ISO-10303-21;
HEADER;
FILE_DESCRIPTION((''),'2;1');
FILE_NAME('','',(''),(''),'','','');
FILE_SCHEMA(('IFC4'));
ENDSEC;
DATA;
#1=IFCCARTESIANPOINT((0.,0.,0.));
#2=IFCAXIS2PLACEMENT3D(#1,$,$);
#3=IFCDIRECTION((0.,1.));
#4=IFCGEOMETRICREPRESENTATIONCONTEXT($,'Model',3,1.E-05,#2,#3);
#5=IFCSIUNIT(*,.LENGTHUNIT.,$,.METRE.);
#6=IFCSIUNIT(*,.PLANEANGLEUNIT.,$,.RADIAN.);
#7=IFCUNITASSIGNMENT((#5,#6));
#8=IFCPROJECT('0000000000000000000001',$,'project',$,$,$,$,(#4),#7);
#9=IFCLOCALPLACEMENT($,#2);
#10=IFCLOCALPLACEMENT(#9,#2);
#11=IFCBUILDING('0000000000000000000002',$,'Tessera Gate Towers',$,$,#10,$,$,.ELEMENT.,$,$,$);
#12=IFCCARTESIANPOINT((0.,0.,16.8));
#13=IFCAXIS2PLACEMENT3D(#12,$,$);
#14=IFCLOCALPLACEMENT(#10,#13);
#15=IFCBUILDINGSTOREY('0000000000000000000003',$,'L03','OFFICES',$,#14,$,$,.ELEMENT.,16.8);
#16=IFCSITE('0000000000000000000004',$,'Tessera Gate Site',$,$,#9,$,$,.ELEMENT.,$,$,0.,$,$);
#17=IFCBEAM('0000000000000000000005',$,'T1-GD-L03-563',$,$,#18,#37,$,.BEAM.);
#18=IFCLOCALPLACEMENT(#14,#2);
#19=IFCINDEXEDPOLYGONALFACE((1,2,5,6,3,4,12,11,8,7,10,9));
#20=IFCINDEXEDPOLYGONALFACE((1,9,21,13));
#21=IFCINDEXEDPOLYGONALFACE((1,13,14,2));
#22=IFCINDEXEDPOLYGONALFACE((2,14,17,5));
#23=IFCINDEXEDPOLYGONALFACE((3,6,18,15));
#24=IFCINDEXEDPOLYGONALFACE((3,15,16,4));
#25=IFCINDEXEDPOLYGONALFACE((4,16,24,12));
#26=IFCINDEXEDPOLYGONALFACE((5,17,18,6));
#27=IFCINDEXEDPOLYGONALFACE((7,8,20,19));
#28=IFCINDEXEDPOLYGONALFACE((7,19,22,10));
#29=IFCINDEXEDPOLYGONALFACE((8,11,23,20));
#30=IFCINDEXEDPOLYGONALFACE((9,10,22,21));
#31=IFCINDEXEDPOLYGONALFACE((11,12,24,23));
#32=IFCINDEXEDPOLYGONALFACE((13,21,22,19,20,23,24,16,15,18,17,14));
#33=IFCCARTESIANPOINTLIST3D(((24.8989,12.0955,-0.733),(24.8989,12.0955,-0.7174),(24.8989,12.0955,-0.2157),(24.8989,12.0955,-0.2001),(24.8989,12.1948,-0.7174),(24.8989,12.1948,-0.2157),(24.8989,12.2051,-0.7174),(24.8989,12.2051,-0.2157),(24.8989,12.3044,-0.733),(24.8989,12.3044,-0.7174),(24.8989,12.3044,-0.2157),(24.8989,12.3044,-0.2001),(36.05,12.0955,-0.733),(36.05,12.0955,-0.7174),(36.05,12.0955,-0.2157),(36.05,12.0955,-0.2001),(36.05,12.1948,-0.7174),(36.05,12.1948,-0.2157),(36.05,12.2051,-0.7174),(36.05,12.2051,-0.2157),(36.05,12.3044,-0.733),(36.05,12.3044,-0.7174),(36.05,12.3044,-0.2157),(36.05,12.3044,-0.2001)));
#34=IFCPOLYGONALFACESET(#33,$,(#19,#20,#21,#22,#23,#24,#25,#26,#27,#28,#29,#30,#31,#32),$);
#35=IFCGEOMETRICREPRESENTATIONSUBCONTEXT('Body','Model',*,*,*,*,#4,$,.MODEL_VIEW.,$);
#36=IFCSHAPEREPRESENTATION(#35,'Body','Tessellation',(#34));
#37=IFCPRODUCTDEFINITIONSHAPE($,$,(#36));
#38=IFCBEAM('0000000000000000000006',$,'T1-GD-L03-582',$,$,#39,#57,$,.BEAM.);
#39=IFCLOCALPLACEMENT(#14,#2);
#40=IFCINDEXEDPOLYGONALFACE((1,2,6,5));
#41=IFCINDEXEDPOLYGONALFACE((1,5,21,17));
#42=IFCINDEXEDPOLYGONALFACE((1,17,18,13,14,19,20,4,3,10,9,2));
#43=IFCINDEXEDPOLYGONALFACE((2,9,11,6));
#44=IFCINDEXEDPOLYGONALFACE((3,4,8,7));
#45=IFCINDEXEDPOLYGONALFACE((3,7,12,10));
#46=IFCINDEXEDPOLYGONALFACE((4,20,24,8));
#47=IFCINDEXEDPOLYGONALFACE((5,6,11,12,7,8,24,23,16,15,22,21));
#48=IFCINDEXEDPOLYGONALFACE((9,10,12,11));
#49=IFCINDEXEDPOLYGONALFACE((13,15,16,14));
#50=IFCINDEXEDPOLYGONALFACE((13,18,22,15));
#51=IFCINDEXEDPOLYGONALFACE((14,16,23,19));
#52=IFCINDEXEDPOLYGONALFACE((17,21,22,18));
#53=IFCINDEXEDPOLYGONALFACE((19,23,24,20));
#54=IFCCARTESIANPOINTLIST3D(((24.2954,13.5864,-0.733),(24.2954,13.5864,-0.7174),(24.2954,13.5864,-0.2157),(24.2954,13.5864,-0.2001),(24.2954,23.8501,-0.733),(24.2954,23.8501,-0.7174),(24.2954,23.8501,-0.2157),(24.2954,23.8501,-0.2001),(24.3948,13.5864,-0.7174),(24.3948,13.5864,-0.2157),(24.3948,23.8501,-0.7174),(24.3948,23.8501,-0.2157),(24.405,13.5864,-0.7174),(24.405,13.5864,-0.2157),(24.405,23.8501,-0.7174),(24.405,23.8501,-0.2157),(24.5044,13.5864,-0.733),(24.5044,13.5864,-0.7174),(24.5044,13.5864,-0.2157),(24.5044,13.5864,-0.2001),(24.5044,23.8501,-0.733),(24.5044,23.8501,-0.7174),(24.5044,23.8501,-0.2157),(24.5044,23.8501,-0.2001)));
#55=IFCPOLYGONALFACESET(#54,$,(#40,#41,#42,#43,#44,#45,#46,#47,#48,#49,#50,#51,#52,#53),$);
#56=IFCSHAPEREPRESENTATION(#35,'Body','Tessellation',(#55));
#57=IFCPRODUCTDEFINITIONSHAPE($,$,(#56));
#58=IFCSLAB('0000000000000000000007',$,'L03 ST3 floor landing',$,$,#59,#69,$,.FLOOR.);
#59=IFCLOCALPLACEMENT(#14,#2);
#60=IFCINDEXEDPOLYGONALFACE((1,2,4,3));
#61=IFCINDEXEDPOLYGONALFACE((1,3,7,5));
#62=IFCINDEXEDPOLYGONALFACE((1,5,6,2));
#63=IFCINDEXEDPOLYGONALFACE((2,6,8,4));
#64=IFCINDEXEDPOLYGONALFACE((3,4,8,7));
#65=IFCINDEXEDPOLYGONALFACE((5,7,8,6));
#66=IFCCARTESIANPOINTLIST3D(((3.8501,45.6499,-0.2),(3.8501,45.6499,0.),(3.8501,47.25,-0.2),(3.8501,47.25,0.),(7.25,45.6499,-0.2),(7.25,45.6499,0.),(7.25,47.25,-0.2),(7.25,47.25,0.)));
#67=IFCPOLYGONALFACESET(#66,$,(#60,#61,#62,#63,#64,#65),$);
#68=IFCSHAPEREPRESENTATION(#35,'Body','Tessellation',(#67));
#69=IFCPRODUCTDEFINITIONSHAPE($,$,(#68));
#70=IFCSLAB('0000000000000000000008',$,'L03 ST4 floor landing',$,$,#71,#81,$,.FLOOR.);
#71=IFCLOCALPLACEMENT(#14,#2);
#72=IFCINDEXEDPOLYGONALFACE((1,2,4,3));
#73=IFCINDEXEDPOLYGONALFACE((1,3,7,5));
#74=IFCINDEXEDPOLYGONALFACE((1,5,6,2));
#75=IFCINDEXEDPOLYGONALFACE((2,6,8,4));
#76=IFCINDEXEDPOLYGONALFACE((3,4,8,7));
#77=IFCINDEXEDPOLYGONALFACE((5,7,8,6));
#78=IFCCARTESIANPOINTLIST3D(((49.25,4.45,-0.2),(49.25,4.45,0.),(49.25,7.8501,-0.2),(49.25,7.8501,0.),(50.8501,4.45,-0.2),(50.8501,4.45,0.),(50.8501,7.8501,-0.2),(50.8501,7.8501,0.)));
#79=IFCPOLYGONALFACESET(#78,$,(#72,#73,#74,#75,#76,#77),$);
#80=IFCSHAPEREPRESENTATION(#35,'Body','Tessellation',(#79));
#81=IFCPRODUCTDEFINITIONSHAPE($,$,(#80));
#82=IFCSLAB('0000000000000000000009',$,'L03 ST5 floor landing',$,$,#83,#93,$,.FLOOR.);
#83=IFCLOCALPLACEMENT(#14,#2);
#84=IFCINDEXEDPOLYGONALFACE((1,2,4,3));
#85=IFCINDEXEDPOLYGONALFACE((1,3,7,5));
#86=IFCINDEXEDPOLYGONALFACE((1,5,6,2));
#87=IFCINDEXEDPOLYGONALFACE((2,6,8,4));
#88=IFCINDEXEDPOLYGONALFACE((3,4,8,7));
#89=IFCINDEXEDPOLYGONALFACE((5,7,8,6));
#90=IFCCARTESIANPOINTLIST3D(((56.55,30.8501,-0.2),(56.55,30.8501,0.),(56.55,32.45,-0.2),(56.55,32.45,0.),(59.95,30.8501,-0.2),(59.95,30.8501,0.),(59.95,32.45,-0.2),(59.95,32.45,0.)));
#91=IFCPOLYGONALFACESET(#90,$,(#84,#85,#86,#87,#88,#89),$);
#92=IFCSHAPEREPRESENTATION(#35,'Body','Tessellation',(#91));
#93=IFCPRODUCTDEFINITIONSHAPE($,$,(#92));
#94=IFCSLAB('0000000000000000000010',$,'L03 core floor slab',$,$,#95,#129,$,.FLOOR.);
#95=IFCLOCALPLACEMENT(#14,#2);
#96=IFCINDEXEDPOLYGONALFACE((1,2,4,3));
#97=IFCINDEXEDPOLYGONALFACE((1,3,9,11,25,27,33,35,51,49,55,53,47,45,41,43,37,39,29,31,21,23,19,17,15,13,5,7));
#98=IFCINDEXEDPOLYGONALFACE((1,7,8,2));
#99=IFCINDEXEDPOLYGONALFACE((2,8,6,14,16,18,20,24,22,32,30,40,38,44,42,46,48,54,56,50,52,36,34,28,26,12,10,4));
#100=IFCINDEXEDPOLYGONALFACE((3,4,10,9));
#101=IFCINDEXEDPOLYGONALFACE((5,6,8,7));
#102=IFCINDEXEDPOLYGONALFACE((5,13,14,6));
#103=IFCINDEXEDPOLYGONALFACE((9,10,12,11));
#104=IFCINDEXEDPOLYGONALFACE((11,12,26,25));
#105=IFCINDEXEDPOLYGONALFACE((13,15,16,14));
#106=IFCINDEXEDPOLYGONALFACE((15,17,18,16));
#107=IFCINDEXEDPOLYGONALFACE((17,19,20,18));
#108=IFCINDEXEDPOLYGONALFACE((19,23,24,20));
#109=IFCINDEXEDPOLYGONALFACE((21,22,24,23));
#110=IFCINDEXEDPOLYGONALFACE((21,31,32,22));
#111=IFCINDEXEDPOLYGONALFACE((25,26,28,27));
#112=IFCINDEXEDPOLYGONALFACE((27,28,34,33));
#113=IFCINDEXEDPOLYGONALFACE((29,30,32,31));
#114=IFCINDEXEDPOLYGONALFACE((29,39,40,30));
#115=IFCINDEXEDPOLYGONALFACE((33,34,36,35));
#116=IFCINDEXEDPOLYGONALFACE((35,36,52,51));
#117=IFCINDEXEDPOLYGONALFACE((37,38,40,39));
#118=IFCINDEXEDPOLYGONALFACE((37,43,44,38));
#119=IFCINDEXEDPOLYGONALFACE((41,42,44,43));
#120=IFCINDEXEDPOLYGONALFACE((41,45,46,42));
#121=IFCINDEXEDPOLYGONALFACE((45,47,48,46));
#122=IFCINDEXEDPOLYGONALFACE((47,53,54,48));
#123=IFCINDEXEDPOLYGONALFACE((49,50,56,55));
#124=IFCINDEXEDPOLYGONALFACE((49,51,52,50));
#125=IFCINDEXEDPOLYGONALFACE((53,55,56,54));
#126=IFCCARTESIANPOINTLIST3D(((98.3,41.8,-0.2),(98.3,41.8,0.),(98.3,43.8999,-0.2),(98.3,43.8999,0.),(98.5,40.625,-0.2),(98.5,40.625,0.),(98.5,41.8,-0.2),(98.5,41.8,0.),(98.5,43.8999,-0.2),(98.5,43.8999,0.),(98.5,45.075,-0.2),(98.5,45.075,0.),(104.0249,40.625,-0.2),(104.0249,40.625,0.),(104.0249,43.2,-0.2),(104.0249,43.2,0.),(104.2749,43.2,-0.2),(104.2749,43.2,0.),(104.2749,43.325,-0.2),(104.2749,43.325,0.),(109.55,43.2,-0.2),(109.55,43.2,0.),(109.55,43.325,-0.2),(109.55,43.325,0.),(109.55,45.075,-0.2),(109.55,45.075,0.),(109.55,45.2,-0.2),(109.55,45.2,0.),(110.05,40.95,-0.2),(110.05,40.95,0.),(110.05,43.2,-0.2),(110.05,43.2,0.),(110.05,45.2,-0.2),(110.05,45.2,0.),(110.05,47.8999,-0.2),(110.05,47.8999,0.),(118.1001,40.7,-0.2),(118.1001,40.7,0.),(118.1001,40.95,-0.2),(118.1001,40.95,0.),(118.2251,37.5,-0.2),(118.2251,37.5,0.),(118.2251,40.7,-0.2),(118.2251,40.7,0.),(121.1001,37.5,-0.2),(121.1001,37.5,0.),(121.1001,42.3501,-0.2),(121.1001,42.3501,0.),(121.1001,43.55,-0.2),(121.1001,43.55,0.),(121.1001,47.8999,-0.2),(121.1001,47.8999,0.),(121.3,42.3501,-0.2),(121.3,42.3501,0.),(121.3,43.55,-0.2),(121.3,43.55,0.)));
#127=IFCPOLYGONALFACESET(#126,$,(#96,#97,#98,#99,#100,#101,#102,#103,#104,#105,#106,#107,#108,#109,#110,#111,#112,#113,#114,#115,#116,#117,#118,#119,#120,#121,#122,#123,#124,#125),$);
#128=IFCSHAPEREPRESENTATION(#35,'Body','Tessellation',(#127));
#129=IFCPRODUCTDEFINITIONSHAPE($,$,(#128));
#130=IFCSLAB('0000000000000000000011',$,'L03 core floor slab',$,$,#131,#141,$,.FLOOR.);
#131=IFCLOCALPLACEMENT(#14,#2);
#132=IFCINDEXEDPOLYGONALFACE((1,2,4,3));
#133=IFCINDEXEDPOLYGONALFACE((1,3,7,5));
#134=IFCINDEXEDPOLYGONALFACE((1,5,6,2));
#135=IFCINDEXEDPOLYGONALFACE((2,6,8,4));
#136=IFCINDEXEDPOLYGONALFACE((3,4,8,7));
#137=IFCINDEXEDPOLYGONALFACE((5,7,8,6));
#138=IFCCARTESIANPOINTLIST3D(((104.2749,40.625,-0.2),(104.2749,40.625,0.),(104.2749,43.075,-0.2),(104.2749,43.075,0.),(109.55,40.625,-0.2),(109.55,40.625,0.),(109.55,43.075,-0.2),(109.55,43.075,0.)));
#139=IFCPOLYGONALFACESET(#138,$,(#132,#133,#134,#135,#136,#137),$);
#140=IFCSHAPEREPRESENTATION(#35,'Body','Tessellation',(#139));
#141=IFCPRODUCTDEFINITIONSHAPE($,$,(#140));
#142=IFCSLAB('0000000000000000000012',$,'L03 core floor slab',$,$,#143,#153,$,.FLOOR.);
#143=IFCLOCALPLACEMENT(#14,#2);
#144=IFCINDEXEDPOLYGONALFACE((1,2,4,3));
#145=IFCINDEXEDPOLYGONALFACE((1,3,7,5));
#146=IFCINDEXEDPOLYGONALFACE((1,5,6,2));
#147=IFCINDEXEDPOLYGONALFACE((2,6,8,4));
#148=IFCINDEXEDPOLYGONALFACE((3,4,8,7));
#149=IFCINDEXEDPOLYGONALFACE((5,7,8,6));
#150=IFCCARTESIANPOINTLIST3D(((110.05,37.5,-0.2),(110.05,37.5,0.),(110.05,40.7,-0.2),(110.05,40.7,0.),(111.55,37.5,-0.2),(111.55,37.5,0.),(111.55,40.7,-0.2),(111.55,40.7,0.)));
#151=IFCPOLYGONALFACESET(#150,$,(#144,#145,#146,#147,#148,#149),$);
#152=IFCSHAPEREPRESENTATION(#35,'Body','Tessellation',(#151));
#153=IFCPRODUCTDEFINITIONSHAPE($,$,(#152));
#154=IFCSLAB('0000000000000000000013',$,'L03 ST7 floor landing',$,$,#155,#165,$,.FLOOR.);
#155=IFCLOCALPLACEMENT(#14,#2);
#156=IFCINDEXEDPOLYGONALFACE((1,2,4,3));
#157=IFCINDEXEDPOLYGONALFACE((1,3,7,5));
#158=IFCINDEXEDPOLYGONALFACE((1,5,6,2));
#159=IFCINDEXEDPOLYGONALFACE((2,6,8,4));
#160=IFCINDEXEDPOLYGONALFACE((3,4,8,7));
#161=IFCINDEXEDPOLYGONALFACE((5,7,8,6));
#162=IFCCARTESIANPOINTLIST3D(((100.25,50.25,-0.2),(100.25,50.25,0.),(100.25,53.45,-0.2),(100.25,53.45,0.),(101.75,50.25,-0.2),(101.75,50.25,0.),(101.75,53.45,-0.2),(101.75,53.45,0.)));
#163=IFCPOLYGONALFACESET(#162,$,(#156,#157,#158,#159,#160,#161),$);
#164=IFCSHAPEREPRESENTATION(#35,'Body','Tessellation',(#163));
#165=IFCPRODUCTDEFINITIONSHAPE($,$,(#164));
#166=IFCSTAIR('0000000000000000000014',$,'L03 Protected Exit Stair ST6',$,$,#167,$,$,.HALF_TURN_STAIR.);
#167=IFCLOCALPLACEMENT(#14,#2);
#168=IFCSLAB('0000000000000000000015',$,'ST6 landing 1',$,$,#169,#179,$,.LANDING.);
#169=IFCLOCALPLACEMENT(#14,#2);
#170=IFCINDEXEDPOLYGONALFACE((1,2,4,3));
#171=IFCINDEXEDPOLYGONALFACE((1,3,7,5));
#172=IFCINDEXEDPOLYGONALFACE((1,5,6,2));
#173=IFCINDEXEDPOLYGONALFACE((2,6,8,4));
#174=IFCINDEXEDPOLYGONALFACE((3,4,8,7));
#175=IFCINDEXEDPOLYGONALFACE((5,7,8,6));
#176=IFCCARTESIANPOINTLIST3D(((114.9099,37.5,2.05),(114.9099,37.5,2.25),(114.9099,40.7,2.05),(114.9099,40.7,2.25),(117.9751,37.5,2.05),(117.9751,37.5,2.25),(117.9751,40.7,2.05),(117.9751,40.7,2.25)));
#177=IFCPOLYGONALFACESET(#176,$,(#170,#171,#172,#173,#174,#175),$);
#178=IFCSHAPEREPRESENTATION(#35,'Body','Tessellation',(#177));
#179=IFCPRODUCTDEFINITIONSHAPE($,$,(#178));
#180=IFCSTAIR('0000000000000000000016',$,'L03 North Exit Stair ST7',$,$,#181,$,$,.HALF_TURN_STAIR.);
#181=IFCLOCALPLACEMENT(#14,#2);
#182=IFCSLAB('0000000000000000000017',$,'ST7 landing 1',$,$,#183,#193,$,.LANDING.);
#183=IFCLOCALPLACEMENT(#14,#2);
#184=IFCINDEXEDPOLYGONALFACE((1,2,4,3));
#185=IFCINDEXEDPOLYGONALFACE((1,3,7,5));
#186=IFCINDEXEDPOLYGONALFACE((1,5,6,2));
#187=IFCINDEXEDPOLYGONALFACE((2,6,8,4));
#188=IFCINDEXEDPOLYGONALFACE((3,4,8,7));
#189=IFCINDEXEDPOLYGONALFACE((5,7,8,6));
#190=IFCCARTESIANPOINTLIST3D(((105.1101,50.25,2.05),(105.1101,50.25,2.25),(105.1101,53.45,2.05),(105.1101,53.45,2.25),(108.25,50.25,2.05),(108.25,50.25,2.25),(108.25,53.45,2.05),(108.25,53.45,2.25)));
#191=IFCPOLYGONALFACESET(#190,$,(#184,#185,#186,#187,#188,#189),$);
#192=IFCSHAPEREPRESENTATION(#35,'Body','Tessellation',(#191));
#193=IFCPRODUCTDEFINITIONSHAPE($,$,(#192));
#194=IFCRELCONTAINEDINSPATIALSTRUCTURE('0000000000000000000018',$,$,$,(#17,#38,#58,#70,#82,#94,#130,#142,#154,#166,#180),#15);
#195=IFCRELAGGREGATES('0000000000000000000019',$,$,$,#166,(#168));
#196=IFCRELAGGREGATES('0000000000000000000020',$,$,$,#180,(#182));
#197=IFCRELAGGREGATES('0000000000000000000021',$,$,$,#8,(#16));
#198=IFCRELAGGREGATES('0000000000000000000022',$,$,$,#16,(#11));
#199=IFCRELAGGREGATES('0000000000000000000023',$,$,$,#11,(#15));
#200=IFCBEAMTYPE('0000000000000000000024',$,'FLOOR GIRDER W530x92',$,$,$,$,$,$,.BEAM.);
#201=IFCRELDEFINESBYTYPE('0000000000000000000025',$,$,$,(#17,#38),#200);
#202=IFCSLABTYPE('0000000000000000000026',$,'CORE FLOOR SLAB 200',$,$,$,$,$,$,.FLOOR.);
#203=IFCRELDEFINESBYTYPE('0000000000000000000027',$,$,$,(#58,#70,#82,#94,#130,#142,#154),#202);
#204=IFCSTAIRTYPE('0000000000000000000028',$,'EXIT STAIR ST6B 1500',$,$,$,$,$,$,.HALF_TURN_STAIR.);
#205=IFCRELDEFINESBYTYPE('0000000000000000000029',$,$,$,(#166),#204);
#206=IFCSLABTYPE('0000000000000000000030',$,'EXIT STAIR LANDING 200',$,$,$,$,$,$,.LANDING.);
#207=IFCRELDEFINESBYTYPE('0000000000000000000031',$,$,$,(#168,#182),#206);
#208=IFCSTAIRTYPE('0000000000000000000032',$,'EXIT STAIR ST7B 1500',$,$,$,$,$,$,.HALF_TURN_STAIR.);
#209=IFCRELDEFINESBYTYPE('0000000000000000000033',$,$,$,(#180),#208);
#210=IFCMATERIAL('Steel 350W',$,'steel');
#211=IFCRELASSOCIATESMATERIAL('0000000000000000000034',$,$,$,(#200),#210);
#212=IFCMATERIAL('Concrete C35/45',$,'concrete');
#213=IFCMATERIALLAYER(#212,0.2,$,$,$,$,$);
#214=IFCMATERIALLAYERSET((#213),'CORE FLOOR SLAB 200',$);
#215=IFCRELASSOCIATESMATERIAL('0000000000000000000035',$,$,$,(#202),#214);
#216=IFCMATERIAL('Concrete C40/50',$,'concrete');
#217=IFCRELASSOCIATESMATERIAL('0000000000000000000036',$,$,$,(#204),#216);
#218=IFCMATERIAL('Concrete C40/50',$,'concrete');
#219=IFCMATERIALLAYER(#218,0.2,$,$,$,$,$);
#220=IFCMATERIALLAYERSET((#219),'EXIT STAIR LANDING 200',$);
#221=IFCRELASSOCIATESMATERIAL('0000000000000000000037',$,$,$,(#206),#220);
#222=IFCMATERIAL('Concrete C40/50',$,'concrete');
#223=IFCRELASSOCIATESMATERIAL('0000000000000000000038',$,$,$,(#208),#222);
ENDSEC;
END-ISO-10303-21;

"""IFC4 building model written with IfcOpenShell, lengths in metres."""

from ifc_helpers import new_model, si_unit, direction, frame, origin, origin_2d, place, context, subcontext, project, spatial, polyline, i_section, outline, extrude, material, layer, layer_set, material_profile, profile_set, type_object, element, aggregate, save


model = new_model("IFC4")

# Units and contexts
model_context = context("Model", 3, precision=1e-05, world=origin(), true_north=direction((0.0, 1.0)))
body_context = subcontext(model_context, "Body", "Model", "MODEL_VIEW")
ifc_project = project(units=[si_unit("LENGTHUNIT", "METRE"), si_unit("PLANEANGLEUNIT", "RADIAN")], contexts=[model_context])

# Site, building, storey
site_placement = place(None, origin())
site = spatial("IfcSite", under=ifc_project, at=site_placement, Name="Tessera Gate Site", CompositionType="ELEMENT", RefElevation=0.0)
building_placement = place(site_placement, origin())
building = spatial("IfcBuilding", under=site, at=building_placement, Name="Tessera Gate Towers", CompositionType="ELEMENT")
storey_placement = place(building_placement, frame((0.0, 0.0, 16.8)))
storey = spatial("IfcBuildingStorey", under=building, at=storey_placement, Name="L03", Description="OFFICES", CompositionType="ELEMENT", Elevation=16.8)

# Beams
ifc_material_1 = material(Name="Steel 350W", Category="steel")
ifc_material_profile = material_profile(ifc_material_1, i_section(OverallWidth=0.209, OverallDepth=0.533, WebThickness=0.0103, FlangeThickness=0.0156, at=origin_2d()), Name="W530x92")
ifc_profile_set = profile_set([ifc_material_profile], Name="Steel 350W")
beam_type = type_object("IfcBeamType", Name="FLOOR GIRDER W530x92", PredefinedType="BEAM", material=ifc_profile_set)
beam_1_placement = place(storey_placement, frame((24.8989, 12.2, -0.4666), z_axis=(1.0, 0.0, 0.0), x_axis=(0.0, 1.0, 0.0)))
element("IfcBeam", 1, at=beam_1_placement, inside=storey, type_object=beam_type, Name="T1-GD-L03-563", PredefinedType="BEAM", context=body_context, shape_type="SweptSolid", body=[
    extrude(i_section(OverallWidth=0.209, OverallDepth=0.533, WebThickness=0.0103, FlangeThickness=0.0156, at=origin_2d()), origin(), (0.0, 0.0, 1.0), 11.1511),
])
beam_2_placement = place(storey_placement, frame((24.3999, 13.5864, -0.4666), z_axis=(0.0, 1.0, 0.0), x_axis=(-1.0, 0.0, 0.0)))
element("IfcBeam", 2, at=beam_2_placement, inside=storey, type_object=beam_type, Name="T1-GD-L03-582", PredefinedType="BEAM", context=body_context, shape_type="SweptSolid", body=[
    extrude(i_section(OverallWidth=0.209, OverallDepth=0.533, WebThickness=0.0103, FlangeThickness=0.0156, at=origin_2d()), origin(), (0.0, 0.0, 1.0), 10.2637),
])

# Slabs
ifc_material_2 = material(Name="Concrete C35/45", Category="concrete")
ifc_layer_1 = layer(ifc_material_2, 0.2)
ifc_layer_set_1 = layer_set([ifc_layer_1], Name="CORE FLOOR SLAB 200")
slab_type_1 = type_object("IfcSlabType", Name="CORE FLOOR SLAB 200", PredefinedType="FLOOR", material=ifc_layer_set_1)
slab_1_placement = place(storey_placement, frame((0.0, 0.0, -0.2)))
element("IfcSlab", 3, at=slab_1_placement, inside=storey, type_object=slab_type_1, Name="L03 ST3 floor landing", PredefinedType="FLOOR", context=body_context, shape_type="SweptSolid", body=[
    extrude(outline(polyline([(3.8501, 47.25), (3.8501, 45.6499), (7.25, 45.6499), (7.25, 47.25), (3.8501, 47.25)])), origin(), (0.0, 0.0, 1.0), 0.2),
])
slab_2_placement = place(storey_placement, frame((0.0, 0.0, -0.2)))
element("IfcSlab", 4, at=slab_2_placement, inside=storey, type_object=slab_type_1, Name="L03 ST4 floor landing", PredefinedType="FLOOR", context=body_context, shape_type="SweptSolid", body=[
    extrude(outline(polyline([(49.25, 4.45), (50.8501, 4.45), (50.8501, 7.8501), (49.25, 7.8501), (49.25, 4.45)])), origin(), (0.0, 0.0, 1.0), 0.2),
])
slab_3_placement = place(storey_placement, frame((0.0, 0.0, -0.2)))
element("IfcSlab", 5, at=slab_3_placement, inside=storey, type_object=slab_type_1, Name="L03 ST5 floor landing", PredefinedType="FLOOR", context=body_context, shape_type="SweptSolid", body=[
    extrude(outline(polyline([(59.95, 30.8501), (59.95, 32.45), (56.55, 32.45), (56.55, 30.8501), (59.95, 30.8501)])), origin(), (0.0, 0.0, 1.0), 0.2),
])
slab_4_placement = place(storey_placement, frame((0.0, 0.0, -0.2)))
element("IfcSlab", 6, at=slab_4_placement, inside=storey, type_object=slab_type_1, Name="L03 core floor slab", PredefinedType="FLOOR", context=body_context, shape_type="SweptSolid", body=[
    extrude(outline(polyline([(109.55, 45.2), (109.55, 45.075), (98.5, 45.075), (98.5, 43.8999), (98.3, 43.8999), (98.3, 41.8), (98.5, 41.8), (98.5, 40.625), (104.0249, 40.625), (104.0249, 43.2), (104.2749, 43.2), (104.2749, 43.325), (109.55, 43.325), (109.55, 43.2), (110.05, 43.2), (110.05, 40.95), (118.1001, 40.95), (118.1001, 40.7), (118.2251, 40.7), (118.2251, 37.5), (121.1001, 37.5), (121.1001, 42.3501), (121.3, 42.3501), (121.3, 43.55), (121.1001, 43.55), (121.1001, 47.8999), (110.05, 47.8999), (110.05, 45.2), (109.55, 45.2)])), origin(), (0.0, 0.0, 1.0), 0.2),
])
slab_5_placement = place(storey_placement, frame((0.0, 0.0, -0.2)))
element("IfcSlab", 7, at=slab_5_placement, inside=storey, type_object=slab_type_1, Name="L03 core floor slab", PredefinedType="FLOOR", context=body_context, shape_type="SweptSolid", body=[
    extrude(outline(polyline([(109.55, 43.075), (104.2749, 43.075), (104.2749, 40.625), (109.55, 40.625), (109.55, 43.075)])), origin(), (0.0, 0.0, 1.0), 0.2),
])
slab_6_placement = place(storey_placement, frame((0.0, 0.0, -0.2)))
element("IfcSlab", 8, at=slab_6_placement, inside=storey, type_object=slab_type_1, Name="L03 core floor slab", PredefinedType="FLOOR", context=body_context, shape_type="SweptSolid", body=[
    extrude(outline(polyline([(111.55, 37.5), (111.55, 40.7), (110.05, 40.7), (110.05, 37.5), (111.55, 37.5)])), origin(), (0.0, 0.0, 1.0), 0.2),
])
slab_7_placement = place(storey_placement, frame((0.0, 0.0, -0.2)))
element("IfcSlab", 9, at=slab_7_placement, inside=storey, type_object=slab_type_1, Name="L03 ST7 floor landing", PredefinedType="FLOOR", context=body_context, shape_type="SweptSolid", body=[
    extrude(outline(polyline([(100.25, 50.25), (101.75, 50.25), (101.75, 53.45), (100.25, 53.45), (100.25, 50.25)])), origin(), (0.0, 0.0, 1.0), 0.2),
])

# Stairs, slabs
ifc_material_3 = material(Name="Concrete C40/50", Category="concrete")
stair_type_1 = type_object("IfcStairType", Name="EXIT STAIR ST6B 1500", PredefinedType="HALF_TURN_STAIR", material=ifc_material_3)
stair_1_placement = place(storey_placement, origin())
stair_1 = element("IfcStair", 10, at=stair_1_placement, inside=storey, type_object=stair_type_1, Name="L03 Protected Exit Stair ST6", PredefinedType="HALF_TURN_STAIR")
ifc_material_4 = material(Name="Concrete C40/50", Category="concrete")
ifc_layer_2 = layer(ifc_material_4, 0.2)
ifc_layer_set_2 = layer_set([ifc_layer_2], Name="EXIT STAIR LANDING 200")
slab_type_2 = type_object("IfcSlabType", Name="EXIT STAIR LANDING 200", PredefinedType="LANDING", material=ifc_layer_set_2)
slab_8_placement = place(storey_placement, frame((0.0, 0.0, 2.05)))
slab_8 = element("IfcSlab", 11, at=slab_8_placement, type_object=slab_type_2, Name="ST6 landing 1", PredefinedType="LANDING", context=body_context, shape_type="SweptSolid", body=[
    extrude(outline(polyline([(114.9099, 37.5), (117.9751, 37.5), (117.9751, 40.7), (114.9099, 40.7), (114.9099, 37.5)])), origin(), (0.0, 0.0, 1.0), 0.2),
])
aggregate(stair_1, [slab_8])
ifc_material_5 = material(Name="Concrete C40/50", Category="concrete")
stair_type_2 = type_object("IfcStairType", Name="EXIT STAIR ST7B 1500", PredefinedType="HALF_TURN_STAIR", material=ifc_material_5)
stair_2_placement = place(storey_placement, origin())
stair_2 = element("IfcStair", 12, at=stair_2_placement, inside=storey, type_object=stair_type_2, Name="L03 North Exit Stair ST7", PredefinedType="HALF_TURN_STAIR")
slab_9_placement = place(storey_placement, frame((0.0, 0.0, 2.05)))
slab_9 = element("IfcSlab", 13, at=slab_9_placement, type_object=slab_type_2, Name="ST7 landing 1", PredefinedType="LANDING", context=body_context, shape_type="SweptSolid", body=[
    extrude(outline(polyline([(105.1101, 50.25), (108.25, 50.25), (108.25, 53.45), (105.1101, 53.45), (105.1101, 50.25)])), origin(), (0.0, 0.0, 1.0), 0.2),
])
aggregate(stair_2, [slab_9])

save(model, "model.ifc")
